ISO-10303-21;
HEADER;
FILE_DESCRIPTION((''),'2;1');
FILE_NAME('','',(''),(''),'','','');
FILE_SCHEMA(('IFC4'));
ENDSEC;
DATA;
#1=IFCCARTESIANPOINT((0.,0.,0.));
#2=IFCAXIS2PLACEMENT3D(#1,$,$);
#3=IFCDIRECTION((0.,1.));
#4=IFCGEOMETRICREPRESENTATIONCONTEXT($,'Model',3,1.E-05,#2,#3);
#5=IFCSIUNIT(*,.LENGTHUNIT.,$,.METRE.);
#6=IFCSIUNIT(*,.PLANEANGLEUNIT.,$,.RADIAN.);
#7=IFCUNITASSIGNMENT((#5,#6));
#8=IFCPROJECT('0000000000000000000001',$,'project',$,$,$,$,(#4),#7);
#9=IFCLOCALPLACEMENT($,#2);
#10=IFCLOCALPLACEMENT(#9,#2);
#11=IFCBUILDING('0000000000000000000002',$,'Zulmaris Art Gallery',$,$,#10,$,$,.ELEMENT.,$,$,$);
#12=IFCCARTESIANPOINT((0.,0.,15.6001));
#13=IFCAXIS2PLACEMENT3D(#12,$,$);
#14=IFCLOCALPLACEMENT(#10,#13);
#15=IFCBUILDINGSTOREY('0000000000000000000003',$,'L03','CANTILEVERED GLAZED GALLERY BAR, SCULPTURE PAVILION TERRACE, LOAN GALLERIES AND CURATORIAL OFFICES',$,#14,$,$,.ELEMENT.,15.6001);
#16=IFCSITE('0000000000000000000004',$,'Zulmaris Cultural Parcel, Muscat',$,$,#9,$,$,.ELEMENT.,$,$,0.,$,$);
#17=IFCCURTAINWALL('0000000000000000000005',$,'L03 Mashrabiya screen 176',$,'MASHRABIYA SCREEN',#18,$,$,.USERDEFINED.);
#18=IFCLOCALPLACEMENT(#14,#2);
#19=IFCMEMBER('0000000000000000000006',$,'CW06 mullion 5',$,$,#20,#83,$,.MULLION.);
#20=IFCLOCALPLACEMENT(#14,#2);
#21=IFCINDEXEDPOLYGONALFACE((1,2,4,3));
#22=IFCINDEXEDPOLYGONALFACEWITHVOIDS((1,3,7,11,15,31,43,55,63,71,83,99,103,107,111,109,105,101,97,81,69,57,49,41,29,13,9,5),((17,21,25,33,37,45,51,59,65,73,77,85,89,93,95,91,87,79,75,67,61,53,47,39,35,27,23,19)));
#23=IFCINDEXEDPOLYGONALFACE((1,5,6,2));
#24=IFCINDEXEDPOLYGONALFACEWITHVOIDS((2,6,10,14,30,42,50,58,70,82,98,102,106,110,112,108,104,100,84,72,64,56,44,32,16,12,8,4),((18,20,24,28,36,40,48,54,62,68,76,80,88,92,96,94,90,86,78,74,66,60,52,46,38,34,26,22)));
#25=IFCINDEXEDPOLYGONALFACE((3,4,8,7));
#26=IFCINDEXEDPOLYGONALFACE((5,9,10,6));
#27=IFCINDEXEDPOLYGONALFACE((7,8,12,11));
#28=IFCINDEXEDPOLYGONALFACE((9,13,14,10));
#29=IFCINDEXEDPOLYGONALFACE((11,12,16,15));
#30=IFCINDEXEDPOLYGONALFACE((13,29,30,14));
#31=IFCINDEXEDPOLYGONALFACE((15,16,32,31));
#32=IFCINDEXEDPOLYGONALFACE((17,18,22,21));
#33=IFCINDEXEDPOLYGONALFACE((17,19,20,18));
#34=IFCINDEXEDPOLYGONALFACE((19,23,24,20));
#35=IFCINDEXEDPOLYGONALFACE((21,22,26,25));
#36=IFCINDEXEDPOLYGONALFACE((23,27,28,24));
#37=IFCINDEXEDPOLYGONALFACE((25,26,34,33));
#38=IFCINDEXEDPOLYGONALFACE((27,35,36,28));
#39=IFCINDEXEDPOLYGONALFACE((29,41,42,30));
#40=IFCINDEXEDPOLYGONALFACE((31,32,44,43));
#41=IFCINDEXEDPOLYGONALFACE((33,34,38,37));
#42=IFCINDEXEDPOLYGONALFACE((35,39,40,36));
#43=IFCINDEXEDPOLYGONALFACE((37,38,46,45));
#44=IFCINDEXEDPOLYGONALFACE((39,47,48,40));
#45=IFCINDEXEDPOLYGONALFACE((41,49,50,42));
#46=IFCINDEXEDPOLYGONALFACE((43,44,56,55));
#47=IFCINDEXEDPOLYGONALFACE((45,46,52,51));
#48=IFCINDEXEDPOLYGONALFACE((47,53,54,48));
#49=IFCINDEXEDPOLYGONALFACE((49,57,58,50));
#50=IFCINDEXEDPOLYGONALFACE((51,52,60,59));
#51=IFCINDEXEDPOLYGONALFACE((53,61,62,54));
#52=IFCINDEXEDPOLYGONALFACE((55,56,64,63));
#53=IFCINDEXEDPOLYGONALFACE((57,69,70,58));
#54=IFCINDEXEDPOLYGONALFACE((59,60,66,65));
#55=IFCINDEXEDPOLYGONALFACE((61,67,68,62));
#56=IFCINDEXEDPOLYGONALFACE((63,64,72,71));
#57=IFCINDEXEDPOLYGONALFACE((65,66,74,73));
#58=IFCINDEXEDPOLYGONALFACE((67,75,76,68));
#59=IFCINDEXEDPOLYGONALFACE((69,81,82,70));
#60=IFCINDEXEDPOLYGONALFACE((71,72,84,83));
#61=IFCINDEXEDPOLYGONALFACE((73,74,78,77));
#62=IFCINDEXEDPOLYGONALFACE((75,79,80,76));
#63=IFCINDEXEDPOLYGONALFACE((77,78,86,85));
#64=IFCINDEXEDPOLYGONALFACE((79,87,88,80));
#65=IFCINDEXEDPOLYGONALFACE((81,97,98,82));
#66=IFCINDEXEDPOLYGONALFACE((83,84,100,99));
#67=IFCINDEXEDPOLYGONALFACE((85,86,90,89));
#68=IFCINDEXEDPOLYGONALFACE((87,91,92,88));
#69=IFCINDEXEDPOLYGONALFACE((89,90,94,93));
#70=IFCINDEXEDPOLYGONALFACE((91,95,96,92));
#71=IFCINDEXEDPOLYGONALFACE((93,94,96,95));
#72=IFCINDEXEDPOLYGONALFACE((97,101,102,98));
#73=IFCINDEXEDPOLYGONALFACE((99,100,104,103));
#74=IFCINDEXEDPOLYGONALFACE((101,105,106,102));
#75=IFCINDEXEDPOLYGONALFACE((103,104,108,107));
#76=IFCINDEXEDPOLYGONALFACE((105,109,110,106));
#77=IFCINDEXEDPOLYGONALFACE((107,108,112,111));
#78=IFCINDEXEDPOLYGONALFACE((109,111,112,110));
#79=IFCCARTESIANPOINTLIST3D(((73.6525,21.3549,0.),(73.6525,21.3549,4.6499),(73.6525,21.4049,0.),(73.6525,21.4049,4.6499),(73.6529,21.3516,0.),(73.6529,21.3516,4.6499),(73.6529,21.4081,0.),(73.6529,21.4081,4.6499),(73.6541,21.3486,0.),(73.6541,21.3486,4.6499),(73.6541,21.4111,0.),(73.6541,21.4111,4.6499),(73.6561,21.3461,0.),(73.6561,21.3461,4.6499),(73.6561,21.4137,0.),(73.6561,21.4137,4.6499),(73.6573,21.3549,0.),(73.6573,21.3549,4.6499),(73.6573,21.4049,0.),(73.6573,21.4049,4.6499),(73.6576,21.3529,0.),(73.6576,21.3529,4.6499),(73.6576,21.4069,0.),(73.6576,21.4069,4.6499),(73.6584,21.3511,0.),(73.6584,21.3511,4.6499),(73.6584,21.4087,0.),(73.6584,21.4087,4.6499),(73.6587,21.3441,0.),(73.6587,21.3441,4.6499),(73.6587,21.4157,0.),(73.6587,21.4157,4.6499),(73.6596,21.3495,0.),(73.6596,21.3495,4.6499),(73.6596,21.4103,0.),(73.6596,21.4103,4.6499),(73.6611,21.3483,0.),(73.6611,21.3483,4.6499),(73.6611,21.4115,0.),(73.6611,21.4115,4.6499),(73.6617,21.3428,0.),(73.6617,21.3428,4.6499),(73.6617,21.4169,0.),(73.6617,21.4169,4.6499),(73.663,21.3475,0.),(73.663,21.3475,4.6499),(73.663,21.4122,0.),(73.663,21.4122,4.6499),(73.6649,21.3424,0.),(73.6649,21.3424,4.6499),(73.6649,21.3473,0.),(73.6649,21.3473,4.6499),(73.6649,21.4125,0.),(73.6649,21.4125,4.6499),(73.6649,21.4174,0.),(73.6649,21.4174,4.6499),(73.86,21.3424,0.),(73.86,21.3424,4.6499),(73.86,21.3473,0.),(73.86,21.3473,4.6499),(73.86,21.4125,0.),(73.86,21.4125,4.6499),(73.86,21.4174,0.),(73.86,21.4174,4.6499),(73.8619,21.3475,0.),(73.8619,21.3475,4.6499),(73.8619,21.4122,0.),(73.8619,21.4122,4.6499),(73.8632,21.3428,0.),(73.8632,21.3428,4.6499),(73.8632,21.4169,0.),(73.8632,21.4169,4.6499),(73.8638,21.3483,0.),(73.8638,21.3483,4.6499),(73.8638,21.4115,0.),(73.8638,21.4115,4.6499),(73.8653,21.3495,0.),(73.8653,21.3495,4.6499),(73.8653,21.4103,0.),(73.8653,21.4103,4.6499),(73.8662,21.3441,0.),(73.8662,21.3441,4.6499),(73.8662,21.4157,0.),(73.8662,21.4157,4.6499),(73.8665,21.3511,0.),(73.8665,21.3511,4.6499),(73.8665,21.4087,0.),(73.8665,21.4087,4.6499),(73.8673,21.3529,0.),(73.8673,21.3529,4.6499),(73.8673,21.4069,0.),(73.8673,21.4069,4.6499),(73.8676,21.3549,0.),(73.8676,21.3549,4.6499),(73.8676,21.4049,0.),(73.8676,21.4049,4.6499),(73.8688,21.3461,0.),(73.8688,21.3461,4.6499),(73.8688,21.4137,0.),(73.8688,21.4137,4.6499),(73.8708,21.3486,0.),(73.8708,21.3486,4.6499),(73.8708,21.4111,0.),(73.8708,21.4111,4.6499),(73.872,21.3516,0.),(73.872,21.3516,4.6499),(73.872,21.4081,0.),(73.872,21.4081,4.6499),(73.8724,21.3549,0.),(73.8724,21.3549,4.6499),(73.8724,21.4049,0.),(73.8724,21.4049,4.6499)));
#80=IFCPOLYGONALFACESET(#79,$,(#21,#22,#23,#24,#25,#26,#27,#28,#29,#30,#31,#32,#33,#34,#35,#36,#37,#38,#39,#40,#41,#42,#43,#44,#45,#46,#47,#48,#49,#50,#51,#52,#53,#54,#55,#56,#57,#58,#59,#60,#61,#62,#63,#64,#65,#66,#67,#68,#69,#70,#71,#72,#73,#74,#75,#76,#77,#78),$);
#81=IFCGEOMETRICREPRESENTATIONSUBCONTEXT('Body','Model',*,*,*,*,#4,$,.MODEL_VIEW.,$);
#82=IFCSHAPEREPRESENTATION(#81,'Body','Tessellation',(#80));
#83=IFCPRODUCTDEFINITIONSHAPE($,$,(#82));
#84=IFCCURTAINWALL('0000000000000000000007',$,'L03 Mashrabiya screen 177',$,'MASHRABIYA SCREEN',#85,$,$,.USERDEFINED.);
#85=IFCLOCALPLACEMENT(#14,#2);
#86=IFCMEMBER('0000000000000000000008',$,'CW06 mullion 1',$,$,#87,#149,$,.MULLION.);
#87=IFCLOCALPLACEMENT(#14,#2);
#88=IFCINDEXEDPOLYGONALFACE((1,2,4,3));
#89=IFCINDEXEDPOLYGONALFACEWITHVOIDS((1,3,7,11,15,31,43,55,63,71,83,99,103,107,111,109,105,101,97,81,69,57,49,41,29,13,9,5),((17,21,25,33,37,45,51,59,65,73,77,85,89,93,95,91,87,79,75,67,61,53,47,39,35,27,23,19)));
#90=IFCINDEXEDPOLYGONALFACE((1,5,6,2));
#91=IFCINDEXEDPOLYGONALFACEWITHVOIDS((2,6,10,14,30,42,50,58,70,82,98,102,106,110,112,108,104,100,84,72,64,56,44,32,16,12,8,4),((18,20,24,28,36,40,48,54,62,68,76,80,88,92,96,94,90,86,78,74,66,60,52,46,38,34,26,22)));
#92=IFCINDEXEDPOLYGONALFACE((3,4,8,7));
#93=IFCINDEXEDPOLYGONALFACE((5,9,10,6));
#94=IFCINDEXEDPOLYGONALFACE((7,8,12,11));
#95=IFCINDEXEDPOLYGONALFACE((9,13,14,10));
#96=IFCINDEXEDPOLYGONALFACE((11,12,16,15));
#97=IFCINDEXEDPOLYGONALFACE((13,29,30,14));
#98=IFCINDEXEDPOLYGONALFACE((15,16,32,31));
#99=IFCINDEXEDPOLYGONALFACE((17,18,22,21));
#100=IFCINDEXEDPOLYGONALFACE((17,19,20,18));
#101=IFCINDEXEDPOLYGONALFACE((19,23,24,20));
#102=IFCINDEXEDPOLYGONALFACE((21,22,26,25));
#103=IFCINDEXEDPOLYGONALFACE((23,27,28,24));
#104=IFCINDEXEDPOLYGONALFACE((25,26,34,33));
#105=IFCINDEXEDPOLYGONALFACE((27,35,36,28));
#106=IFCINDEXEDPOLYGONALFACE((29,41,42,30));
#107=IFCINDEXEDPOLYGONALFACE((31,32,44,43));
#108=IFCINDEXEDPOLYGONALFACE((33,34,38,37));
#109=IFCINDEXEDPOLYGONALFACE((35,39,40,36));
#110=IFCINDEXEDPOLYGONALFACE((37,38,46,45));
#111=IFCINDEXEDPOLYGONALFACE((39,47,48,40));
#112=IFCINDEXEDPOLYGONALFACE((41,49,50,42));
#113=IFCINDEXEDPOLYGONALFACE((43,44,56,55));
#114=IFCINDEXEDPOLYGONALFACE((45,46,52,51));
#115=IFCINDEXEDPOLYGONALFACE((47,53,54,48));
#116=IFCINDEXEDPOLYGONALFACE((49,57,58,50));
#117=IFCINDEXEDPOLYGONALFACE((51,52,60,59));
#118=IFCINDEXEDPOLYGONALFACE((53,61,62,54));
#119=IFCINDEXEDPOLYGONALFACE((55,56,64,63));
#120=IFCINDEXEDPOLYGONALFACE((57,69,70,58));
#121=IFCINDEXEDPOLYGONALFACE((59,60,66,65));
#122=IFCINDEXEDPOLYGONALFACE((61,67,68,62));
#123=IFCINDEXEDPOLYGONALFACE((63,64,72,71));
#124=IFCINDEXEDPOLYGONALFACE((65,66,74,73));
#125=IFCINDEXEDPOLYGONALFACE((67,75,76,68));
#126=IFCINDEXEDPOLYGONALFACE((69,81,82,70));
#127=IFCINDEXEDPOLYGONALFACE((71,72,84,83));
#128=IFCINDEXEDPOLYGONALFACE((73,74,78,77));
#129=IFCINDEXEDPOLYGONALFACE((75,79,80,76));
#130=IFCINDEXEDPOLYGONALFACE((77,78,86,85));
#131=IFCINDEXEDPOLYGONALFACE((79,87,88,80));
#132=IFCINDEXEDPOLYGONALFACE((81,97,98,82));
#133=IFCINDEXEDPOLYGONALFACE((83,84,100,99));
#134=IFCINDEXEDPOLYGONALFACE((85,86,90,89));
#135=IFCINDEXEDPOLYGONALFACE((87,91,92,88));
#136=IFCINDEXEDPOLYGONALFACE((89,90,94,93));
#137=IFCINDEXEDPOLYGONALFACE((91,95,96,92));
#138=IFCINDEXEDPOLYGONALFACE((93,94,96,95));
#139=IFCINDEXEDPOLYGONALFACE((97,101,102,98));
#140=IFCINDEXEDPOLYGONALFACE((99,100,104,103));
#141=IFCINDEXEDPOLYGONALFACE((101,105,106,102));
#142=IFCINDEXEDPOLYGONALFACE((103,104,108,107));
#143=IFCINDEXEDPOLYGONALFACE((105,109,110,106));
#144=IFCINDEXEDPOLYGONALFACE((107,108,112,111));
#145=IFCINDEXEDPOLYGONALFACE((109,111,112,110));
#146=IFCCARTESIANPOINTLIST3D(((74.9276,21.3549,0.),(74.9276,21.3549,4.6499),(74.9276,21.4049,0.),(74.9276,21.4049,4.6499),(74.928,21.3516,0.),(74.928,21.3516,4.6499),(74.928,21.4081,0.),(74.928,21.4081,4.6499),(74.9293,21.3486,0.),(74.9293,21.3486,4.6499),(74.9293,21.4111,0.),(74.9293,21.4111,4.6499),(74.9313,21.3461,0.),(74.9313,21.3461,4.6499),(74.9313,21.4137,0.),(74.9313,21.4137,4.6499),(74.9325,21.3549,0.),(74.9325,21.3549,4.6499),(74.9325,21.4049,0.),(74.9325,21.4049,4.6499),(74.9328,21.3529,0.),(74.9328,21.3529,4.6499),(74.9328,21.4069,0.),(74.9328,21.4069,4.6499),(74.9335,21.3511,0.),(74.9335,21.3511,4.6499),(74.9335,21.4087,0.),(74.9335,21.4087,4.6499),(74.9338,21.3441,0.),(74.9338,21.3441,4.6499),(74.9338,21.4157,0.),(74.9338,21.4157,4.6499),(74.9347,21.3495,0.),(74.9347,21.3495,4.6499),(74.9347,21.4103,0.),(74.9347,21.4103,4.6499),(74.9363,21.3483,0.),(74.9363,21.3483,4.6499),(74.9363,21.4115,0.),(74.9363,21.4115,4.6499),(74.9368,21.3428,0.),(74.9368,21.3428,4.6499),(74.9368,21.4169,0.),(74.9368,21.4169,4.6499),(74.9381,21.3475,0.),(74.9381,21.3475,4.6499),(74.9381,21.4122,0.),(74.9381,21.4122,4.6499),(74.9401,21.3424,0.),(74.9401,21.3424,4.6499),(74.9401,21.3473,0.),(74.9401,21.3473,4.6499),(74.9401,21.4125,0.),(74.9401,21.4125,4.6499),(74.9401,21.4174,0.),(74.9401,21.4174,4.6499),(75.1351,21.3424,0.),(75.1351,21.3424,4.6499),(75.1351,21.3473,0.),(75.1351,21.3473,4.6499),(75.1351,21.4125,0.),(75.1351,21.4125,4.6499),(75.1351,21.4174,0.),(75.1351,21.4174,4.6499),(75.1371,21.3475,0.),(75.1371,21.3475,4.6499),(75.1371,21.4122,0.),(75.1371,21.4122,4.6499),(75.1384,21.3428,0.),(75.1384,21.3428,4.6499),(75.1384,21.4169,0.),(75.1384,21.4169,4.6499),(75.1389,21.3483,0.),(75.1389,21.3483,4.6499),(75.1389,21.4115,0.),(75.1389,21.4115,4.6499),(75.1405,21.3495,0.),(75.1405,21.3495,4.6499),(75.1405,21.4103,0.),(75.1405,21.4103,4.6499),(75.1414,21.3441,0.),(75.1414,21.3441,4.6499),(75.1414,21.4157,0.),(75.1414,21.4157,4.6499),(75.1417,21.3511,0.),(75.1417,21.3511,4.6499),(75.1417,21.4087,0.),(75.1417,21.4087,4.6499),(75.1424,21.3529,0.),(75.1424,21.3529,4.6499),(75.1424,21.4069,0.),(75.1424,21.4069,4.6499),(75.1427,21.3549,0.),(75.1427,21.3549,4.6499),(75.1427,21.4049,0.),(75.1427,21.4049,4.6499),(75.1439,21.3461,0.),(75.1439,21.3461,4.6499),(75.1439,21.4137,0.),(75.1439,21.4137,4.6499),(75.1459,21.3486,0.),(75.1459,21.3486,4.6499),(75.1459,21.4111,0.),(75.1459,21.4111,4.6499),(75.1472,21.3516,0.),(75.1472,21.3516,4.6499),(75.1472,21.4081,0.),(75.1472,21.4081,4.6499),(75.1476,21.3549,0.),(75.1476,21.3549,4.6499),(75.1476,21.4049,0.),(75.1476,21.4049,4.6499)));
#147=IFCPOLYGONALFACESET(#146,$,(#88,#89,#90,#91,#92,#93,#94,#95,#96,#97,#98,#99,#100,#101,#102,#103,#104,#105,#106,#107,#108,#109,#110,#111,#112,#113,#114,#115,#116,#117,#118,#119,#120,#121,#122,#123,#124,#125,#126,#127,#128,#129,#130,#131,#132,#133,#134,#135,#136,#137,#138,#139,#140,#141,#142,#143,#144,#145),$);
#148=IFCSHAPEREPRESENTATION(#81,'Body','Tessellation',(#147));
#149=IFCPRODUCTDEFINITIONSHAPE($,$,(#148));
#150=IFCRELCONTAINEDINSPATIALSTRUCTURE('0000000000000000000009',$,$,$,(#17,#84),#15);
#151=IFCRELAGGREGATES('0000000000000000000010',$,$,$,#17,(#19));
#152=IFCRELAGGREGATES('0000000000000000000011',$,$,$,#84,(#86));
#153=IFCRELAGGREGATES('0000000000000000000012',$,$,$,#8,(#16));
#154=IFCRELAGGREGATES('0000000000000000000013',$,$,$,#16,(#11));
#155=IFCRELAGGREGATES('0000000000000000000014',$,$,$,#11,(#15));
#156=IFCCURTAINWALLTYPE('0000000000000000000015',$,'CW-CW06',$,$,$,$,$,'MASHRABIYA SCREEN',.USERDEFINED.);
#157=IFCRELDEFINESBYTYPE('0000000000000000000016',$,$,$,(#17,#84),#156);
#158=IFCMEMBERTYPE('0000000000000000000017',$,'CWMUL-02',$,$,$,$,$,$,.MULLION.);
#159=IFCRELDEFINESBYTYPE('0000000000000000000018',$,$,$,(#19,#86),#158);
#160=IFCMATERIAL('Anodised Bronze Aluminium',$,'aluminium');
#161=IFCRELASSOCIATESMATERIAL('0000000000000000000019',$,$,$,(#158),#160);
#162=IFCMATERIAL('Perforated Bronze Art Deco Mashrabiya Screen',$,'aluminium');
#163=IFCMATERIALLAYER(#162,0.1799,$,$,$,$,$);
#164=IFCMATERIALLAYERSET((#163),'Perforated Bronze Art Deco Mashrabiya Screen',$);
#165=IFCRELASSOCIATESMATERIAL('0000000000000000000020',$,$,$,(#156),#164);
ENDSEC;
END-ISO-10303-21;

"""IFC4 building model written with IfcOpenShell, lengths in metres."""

from ifc_helpers import new_model, si_unit, direction, frame, origin, origin_2d, place, context, subcontext, project, spatial, hollow_rectangle, extrude, material, layer, layer_set, material_profile, profile_set, type_object, element, aggregate, save


model = new_model("IFC4")

# Units and contexts
model_context = context("Model", 3, precision=1e-05, world=origin(), true_north=direction((0.0, 1.0)))
body_context = subcontext(model_context, "Body", "Model", "MODEL_VIEW")
ifc_project = project(units=[si_unit("LENGTHUNIT", "METRE"), si_unit("PLANEANGLEUNIT", "RADIAN")], contexts=[model_context])

# Site, building, storey
site_placement = place(None, origin())
site = spatial("IfcSite", under=ifc_project, at=site_placement, Name="Zulmaris Cultural Parcel, Muscat", CompositionType="ELEMENT", RefElevation=0.0)
building_placement = place(site_placement, origin())
building = spatial("IfcBuilding", under=site, at=building_placement, Name="Zulmaris Art Gallery", CompositionType="ELEMENT")
storey_placement = place(building_placement, frame((0.0, 0.0, 15.6001)))
storey = spatial("IfcBuildingStorey", under=building, at=storey_placement, Name="L03", Description="CANTILEVERED GLAZED GALLERY BAR, SCULPTURE PAVILION TERRACE, LOAN GALLERIES AND CURATORIAL OFFICES", CompositionType="ELEMENT", Elevation=15.6001)

# Shared definitions
ifc_material_1 = material(Name="Anodised Bronze Aluminium", Category="aluminium")
ifc_material_profile_1 = material_profile(ifc_material_1, hollow_rectangle(XDim=0.075, YDim=0.22, WallThickness=0.0049, InnerFilletRadius=0.0076, OuterFilletRadius=0.0125, at=origin_2d()), Name="ALU 75x220x5")
ifc_profile_set_1 = profile_set([ifc_material_profile_1], Name="Anodised Bronze Aluminium")
member_type_1 = type_object("IfcMemberType", Name="CWMUL-02", PredefinedType="MULLION", material=ifc_profile_set_1)

# Curtain wall, member
ifc_material_2 = material(Name="Perforated Bronze Art Deco Mashrabiya Screen", Category="aluminium")
ifc_layer_1 = layer(ifc_material_2, 0.1799)
ifc_layer_set_1 = layer_set([ifc_layer_1], Name="Perforated Bronze Art Deco Mashrabiya Screen")
curtain_wall_type_1 = type_object("IfcCurtainWallType", Name="CW-CW06", ElementType="MASHRABIYA SCREEN", PredefinedType="USERDEFINED", material=ifc_layer_set_1)
curtain_wall_1_placement = place(storey_placement, origin())
curtain_wall_1 = element("IfcCurtainWall", 1, at=curtain_wall_1_placement, inside=storey, type_object=curtain_wall_type_1, Name="L03 Mashrabiya screen 176", ObjectType="MASHRABIYA SCREEN", PredefinedType="USERDEFINED")
member_1_placement = place(storey_placement, frame((73.7625, 21.3799, 0.0), z_axis=(0.0, 0.0, 1.0), x_axis=(0.0, 1.0, 0.0)))
member_1 = element("IfcMember", 2, at=member_1_placement, type_object=member_type_1, Name="CW06 mullion 5", PredefinedType="MULLION", context=body_context, shape_type="SweptSolid", body=[
    extrude(hollow_rectangle(XDim=0.075, YDim=0.22, WallThickness=0.0049, InnerFilletRadius=0.0076, OuterFilletRadius=0.0125, at=origin_2d()), origin(), (0.0, 0.0, 1.0), 4.6499),
])

# Curtain wall, member
curtain_wall_2_placement = place(storey_placement, origin())
curtain_wall_2 = element("IfcCurtainWall", 3, at=curtain_wall_2_placement, inside=storey, type_object=curtain_wall_type_1, Name="L03 Mashrabiya screen 177", ObjectType="MASHRABIYA SCREEN", PredefinedType="USERDEFINED")
member_2_placement = place(storey_placement, frame((75.0376, 21.3799, 0.0), z_axis=(0.0, 0.0, 1.0), x_axis=(0.0, 1.0, 0.0)))
member_2 = element("IfcMember", 4, at=member_2_placement, type_object=member_type_1, Name="CW06 mullion 1", PredefinedType="MULLION", context=body_context, shape_type="SweptSolid", body=[
    extrude(hollow_rectangle(XDim=0.075, YDim=0.22, WallThickness=0.0049, InnerFilletRadius=0.0076, OuterFilletRadius=0.0125, at=origin_2d()), origin(), (0.0, 0.0, 1.0), 4.6499),
])

aggregate(curtain_wall_1, [member_1])
aggregate(curtain_wall_2, [member_2])

save(model, "model.ifc")
